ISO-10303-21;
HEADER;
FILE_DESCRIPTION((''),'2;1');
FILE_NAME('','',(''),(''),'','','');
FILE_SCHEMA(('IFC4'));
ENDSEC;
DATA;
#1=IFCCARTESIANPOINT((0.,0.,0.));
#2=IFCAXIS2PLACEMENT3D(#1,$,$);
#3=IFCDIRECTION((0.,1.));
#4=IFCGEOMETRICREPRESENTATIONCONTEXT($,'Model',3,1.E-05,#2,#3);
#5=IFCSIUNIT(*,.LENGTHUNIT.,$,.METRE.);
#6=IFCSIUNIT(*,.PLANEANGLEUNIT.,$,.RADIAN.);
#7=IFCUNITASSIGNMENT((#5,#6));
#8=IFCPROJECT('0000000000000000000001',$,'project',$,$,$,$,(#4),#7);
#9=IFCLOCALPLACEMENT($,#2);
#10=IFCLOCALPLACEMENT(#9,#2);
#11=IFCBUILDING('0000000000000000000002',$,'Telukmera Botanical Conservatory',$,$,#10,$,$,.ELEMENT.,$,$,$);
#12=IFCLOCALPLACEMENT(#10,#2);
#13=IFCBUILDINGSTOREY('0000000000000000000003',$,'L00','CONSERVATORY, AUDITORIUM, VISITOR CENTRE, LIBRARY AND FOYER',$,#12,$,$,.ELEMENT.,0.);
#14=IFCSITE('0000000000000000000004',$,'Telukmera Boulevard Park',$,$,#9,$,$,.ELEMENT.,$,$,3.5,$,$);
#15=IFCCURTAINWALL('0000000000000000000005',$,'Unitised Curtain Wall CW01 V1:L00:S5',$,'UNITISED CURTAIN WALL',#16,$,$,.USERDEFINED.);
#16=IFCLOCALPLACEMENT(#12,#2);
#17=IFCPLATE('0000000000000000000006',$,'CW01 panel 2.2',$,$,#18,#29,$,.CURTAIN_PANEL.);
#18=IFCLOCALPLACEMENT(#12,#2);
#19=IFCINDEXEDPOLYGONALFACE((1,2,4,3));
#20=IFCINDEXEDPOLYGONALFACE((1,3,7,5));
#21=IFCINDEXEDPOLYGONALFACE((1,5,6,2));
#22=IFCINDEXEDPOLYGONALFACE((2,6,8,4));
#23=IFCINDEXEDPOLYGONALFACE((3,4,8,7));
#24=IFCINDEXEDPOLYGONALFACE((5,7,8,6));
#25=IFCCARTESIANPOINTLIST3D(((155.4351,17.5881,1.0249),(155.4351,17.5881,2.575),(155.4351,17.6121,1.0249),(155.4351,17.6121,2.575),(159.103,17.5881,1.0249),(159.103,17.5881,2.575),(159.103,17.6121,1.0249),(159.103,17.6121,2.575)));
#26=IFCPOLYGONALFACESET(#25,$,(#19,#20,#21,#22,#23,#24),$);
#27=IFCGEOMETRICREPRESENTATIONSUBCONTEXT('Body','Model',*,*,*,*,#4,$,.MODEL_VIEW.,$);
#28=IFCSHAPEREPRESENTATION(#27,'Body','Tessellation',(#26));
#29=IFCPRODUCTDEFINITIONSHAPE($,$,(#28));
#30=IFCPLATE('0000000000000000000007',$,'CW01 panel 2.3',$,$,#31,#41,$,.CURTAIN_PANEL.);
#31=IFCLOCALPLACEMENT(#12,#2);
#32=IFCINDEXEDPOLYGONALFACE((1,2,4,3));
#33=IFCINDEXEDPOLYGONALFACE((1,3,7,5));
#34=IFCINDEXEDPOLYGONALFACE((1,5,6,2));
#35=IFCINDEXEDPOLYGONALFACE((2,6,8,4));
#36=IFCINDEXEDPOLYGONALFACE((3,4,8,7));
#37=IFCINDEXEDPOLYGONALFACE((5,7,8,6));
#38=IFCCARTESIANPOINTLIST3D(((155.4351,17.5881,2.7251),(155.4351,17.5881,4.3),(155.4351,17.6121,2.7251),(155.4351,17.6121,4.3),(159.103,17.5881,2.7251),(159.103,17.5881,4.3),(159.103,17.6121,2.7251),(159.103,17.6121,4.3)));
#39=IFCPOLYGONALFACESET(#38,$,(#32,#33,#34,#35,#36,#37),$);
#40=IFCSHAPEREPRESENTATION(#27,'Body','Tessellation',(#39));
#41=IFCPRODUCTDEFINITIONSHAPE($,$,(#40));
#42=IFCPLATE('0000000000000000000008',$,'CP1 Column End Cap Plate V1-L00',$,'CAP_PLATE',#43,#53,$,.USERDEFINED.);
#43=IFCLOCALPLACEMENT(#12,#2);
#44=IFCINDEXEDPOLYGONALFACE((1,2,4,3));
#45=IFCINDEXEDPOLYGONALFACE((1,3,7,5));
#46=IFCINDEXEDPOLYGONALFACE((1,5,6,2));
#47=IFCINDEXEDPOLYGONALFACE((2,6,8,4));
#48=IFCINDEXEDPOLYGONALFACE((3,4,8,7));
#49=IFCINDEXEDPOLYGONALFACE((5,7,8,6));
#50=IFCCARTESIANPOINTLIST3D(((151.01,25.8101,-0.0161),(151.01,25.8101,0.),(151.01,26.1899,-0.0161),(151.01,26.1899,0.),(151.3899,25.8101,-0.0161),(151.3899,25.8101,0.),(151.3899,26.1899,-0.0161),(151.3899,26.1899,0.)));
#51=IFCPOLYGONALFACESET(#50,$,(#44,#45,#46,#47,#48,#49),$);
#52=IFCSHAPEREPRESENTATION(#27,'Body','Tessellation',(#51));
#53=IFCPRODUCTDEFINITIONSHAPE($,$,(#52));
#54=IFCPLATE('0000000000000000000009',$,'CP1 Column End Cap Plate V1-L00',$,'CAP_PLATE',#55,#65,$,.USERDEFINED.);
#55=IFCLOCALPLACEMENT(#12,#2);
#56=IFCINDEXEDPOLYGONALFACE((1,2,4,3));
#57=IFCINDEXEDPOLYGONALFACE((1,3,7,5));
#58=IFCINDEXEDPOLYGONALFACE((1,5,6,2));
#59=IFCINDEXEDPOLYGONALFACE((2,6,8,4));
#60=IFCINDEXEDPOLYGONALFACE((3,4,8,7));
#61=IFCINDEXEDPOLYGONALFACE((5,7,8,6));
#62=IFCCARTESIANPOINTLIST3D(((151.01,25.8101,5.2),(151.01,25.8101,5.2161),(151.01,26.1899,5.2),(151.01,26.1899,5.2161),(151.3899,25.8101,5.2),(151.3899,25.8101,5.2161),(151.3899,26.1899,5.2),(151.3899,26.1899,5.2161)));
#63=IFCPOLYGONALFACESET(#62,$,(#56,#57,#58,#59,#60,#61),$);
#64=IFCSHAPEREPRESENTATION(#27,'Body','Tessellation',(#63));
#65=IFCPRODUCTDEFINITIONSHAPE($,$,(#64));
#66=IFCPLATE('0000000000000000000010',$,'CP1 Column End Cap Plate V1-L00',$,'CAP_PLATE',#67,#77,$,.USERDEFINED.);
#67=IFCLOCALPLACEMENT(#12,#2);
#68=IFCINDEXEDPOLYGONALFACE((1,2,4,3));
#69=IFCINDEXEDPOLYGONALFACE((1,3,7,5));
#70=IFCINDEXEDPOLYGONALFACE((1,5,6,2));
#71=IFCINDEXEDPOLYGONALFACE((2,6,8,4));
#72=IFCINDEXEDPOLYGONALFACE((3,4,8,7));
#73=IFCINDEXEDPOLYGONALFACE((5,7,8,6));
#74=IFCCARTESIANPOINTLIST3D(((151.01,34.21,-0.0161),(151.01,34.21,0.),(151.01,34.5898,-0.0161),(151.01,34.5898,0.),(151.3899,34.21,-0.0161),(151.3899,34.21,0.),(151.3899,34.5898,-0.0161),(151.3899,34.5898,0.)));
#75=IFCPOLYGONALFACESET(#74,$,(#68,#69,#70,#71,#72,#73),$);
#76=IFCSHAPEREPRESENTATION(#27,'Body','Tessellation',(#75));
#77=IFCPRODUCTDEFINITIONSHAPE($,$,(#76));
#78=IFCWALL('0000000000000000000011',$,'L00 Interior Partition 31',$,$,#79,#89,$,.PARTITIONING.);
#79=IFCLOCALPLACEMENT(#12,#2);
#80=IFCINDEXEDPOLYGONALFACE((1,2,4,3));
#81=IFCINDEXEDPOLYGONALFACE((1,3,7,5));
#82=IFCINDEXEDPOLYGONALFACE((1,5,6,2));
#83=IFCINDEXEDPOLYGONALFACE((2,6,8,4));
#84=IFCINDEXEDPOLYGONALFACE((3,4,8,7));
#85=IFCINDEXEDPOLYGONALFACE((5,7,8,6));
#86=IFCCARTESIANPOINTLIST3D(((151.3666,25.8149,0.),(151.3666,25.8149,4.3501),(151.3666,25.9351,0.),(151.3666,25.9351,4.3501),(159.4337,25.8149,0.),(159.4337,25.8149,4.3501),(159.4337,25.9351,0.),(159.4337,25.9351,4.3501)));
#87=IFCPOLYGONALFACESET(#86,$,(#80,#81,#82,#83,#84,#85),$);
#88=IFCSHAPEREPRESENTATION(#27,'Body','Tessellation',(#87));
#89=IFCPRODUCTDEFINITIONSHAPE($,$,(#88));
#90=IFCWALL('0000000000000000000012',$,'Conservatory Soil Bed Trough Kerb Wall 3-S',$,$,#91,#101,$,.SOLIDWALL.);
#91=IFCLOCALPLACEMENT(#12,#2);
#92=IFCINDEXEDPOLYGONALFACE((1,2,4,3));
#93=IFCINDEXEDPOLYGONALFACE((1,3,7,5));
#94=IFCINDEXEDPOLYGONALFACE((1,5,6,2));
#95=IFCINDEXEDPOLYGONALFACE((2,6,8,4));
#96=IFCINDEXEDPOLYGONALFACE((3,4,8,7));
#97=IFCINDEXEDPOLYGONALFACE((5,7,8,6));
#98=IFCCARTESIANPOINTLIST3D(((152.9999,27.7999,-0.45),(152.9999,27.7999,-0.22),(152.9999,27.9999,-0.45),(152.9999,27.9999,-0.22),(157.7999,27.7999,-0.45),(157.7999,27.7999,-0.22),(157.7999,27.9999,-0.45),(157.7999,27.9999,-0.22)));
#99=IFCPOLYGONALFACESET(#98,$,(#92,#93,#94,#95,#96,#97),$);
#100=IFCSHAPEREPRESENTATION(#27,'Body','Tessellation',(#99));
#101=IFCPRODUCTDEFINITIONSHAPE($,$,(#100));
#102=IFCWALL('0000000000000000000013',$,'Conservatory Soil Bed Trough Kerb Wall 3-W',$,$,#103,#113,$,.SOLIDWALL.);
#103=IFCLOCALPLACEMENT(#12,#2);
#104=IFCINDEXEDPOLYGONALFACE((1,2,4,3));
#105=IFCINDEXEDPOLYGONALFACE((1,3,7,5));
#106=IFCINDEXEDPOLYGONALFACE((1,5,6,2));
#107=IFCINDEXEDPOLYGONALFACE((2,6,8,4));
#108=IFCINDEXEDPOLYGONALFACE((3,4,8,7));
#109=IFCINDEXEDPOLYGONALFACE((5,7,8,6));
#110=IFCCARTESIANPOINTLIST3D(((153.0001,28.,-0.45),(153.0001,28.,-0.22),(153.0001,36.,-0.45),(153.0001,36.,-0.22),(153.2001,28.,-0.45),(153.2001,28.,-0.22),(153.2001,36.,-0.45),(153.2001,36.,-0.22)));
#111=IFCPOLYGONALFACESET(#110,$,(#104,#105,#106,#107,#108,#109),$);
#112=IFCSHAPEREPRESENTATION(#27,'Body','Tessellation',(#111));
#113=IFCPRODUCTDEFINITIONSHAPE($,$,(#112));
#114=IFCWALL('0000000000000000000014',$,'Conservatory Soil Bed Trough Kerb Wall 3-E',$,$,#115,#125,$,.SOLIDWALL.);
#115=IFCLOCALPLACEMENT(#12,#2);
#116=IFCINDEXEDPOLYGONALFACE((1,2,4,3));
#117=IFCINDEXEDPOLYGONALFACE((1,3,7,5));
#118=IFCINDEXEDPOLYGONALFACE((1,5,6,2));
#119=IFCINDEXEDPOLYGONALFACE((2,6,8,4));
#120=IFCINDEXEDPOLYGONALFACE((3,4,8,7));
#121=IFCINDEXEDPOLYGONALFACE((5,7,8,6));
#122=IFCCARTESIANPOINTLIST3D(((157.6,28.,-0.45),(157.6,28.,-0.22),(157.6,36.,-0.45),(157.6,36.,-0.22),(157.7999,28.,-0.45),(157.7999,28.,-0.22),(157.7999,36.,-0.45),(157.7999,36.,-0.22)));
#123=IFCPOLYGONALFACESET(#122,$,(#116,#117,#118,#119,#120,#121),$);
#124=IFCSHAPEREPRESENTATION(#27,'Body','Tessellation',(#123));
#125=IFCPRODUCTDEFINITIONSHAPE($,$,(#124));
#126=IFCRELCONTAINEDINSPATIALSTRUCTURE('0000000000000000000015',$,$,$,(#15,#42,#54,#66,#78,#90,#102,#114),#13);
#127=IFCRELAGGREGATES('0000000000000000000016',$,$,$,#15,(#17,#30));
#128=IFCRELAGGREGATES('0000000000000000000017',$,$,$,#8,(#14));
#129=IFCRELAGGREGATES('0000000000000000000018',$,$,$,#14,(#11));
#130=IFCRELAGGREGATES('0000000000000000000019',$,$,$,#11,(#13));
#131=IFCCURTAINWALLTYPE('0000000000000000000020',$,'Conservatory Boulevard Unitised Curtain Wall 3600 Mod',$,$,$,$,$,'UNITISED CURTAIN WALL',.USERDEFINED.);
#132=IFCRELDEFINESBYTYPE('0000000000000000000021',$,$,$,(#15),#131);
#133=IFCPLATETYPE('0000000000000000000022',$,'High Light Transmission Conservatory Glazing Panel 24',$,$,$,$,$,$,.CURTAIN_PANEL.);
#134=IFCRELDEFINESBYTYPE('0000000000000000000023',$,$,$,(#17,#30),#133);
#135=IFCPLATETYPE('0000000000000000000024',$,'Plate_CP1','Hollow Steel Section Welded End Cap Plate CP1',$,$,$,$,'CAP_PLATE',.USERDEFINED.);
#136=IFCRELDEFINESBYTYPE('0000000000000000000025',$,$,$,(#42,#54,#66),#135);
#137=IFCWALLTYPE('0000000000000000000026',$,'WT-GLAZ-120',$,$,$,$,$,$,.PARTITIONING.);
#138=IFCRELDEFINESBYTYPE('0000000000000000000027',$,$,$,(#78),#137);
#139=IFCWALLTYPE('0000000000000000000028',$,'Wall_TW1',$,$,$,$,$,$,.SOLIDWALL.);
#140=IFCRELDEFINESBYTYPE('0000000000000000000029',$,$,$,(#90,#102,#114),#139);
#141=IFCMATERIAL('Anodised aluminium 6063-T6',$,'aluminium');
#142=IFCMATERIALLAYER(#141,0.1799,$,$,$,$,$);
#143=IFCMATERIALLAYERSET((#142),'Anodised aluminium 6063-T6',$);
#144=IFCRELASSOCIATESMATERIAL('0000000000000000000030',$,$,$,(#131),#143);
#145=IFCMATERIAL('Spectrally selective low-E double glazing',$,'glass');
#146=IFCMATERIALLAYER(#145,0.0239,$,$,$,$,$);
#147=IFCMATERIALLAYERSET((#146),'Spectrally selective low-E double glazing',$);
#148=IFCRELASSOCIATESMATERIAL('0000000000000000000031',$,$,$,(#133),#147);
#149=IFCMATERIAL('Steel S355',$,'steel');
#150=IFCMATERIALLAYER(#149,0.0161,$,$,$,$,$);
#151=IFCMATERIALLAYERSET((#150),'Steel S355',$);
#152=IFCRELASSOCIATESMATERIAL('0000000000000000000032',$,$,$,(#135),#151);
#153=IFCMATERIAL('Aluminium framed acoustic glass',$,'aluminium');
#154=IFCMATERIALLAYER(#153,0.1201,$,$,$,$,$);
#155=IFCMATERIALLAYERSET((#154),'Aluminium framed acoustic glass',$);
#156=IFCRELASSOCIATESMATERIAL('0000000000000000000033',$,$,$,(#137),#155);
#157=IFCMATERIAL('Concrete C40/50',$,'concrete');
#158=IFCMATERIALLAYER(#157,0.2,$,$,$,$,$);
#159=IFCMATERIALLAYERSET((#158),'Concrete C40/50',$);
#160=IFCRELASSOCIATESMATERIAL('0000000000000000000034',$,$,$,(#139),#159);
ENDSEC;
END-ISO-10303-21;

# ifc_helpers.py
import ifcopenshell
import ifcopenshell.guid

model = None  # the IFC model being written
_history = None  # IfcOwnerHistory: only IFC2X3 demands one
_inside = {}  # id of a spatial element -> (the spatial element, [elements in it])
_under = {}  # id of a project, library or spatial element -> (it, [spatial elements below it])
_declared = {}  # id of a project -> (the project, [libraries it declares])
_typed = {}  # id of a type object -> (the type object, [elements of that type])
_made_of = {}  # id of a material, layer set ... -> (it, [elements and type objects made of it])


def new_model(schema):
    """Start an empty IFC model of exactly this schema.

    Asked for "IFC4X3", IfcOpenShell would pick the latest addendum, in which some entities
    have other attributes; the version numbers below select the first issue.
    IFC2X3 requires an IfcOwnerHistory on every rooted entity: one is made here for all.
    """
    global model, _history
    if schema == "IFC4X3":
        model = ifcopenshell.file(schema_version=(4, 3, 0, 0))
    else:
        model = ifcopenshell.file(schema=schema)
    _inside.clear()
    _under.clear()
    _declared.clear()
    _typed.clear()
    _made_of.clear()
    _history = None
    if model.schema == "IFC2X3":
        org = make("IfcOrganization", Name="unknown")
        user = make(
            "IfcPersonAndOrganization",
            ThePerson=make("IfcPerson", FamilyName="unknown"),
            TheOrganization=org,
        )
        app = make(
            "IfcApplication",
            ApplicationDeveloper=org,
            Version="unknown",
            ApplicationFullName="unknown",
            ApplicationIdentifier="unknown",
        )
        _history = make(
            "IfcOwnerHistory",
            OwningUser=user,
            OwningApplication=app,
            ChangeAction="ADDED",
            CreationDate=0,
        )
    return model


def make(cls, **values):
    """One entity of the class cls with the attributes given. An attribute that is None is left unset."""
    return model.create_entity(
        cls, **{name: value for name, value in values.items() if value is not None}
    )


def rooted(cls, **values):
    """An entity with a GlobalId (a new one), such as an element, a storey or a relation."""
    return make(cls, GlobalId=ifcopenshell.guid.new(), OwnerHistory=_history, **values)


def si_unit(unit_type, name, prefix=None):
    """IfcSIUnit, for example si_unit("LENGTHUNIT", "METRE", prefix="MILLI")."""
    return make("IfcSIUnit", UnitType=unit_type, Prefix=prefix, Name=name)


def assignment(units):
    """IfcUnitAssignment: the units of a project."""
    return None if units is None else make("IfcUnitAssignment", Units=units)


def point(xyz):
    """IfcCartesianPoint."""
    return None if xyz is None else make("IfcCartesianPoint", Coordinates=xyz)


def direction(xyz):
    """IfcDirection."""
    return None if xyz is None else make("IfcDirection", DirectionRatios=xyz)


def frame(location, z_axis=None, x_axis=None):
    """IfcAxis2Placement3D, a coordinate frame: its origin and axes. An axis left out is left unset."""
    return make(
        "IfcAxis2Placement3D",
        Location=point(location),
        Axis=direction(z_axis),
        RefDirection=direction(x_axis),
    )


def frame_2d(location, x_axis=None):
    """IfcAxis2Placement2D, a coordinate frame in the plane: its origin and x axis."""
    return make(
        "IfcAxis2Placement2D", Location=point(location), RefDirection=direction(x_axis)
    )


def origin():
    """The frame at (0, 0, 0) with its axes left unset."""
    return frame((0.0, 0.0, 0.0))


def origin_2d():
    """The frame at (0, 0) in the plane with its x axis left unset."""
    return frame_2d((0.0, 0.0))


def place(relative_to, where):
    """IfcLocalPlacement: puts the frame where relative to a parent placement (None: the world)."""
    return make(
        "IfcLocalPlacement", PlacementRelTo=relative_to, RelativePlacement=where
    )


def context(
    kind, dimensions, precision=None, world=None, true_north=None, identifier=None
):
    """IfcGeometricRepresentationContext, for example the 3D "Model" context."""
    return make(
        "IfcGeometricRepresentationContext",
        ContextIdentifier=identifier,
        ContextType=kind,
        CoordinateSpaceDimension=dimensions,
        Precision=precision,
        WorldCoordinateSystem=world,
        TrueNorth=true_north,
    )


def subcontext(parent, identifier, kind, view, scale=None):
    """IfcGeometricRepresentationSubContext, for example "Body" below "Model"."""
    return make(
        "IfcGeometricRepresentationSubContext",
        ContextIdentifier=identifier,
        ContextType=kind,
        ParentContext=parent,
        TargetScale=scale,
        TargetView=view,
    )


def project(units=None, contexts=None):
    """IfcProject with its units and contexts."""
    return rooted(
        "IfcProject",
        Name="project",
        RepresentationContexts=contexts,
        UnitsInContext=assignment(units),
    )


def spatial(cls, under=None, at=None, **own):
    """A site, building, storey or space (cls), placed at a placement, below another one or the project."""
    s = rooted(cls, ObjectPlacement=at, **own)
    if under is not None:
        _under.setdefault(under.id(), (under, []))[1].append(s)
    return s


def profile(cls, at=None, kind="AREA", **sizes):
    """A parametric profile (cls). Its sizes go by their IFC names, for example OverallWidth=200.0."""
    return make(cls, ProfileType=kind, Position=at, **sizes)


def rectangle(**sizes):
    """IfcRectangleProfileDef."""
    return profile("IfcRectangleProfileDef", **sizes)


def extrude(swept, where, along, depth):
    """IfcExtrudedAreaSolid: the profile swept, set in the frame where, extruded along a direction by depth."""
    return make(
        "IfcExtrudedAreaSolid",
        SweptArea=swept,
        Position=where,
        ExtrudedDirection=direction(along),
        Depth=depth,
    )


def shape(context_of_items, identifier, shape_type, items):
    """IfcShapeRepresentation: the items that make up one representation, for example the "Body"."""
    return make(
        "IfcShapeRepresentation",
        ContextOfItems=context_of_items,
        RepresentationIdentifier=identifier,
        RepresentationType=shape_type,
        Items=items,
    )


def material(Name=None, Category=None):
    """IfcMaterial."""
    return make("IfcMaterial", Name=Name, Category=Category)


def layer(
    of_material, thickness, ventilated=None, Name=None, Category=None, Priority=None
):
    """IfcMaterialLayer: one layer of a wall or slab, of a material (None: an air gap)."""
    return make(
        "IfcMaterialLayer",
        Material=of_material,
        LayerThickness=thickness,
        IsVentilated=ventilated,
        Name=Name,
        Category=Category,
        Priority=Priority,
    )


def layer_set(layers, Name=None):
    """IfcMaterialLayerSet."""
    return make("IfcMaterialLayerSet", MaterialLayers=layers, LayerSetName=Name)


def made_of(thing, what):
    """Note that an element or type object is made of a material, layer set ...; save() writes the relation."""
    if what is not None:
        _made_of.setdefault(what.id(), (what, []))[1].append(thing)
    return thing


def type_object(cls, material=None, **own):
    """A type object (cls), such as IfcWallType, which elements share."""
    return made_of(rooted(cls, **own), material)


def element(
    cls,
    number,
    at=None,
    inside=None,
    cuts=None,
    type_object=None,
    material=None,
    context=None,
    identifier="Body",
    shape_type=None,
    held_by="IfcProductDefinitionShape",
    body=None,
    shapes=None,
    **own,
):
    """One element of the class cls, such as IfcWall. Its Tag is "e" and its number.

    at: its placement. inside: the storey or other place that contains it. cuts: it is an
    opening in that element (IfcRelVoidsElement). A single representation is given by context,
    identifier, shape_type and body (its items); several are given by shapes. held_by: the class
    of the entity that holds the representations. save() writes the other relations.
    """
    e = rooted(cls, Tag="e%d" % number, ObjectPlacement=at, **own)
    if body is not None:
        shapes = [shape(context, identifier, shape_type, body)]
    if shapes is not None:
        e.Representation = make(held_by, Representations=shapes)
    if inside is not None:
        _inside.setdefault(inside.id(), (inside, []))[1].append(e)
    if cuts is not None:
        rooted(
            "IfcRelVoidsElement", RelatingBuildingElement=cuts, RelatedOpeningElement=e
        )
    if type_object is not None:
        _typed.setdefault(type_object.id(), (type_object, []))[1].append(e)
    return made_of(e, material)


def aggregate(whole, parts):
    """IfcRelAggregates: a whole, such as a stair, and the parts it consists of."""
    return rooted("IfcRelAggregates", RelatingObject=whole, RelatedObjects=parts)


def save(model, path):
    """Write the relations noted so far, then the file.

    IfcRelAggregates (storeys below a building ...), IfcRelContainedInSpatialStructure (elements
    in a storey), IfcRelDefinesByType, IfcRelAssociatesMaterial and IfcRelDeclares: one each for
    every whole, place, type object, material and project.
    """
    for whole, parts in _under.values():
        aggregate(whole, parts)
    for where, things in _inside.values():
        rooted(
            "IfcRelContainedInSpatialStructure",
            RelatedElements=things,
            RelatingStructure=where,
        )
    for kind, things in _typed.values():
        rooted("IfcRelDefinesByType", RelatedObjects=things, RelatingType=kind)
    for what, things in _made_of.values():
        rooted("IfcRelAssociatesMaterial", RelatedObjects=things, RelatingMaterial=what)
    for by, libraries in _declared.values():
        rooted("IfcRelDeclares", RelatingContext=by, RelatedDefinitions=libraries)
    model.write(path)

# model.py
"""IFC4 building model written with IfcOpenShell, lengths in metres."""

from ifc_helpers import new_model, si_unit, direction, frame, frame_2d, origin, origin_2d, place, context, subcontext, project, spatial, rectangle, extrude, material, layer, layer_set, type_object, element, aggregate, save


model = new_model("IFC4")

# Units and contexts
model_context = context("Model", 3, precision=1e-05, world=origin(), true_north=direction((0.0, 1.0)))
body_context = subcontext(model_context, "Body", "Model", "MODEL_VIEW")
ifc_project = project(units=[si_unit("LENGTHUNIT", "METRE"), si_unit("PLANEANGLEUNIT", "RADIAN")], contexts=[model_context])

# Site, building, storey
site_placement = place(None, origin())
site = spatial("IfcSite", under=ifc_project, at=site_placement, Name="Telukmera Boulevard Park", CompositionType="ELEMENT", RefElevation=3.5)
building_placement = place(site_placement, origin())
building = spatial("IfcBuilding", under=site, at=building_placement, Name="Telukmera Botanical Conservatory", CompositionType="ELEMENT")
storey_placement = place(building_placement, origin())
storey = spatial("IfcBuildingStorey", under=building, at=storey_placement, Name="L00", Description="CONSERVATORY, AUDITORIUM, VISITOR CENTRE, LIBRARY AND FOYER", CompositionType="ELEMENT", Elevation=0.0)

# Shared definitions
ifc_material_1 = material(Name="Steel S355", Category="steel")

# Curtain wall, plates
ifc_material_2 = material(Name="Anodised aluminium 6063-T6", Category="aluminium")
ifc_layer_1 = layer(ifc_material_2, 0.1799)
ifc_layer_set_1 = layer_set([ifc_layer_1], Name="Anodised aluminium 6063-T6")
curtain_wall_type = type_object("IfcCurtainWallType", Name="Conservatory Boulevard Unitised Curtain Wall 3600 Mod", ElementType="UNITISED CURTAIN WALL", PredefinedType="USERDEFINED", material=ifc_layer_set_1)
curtain_wall_placement = place(storey_placement, origin())
curtain_wall = element("IfcCurtainWall", 1, at=curtain_wall_placement, inside=storey, type_object=curtain_wall_type, Name="Unitised Curtain Wall CW01 V1:L00:S5", ObjectType="UNITISED CURTAIN WALL", PredefinedType="USERDEFINED")
ifc_material_3 = material(Name="Spectrally selective low-E double glazing", Category="glass")
ifc_layer_2 = layer(ifc_material_3, 0.0239)
ifc_layer_set_2 = layer_set([ifc_layer_2], Name="Spectrally selective low-E double glazing")
plate_type_1 = type_object("IfcPlateType", Name="High Light Transmission Conservatory Glazing Panel 24", PredefinedType="CURTAIN_PANEL", material=ifc_layer_set_2)
plate_1_placement = place(storey_placement, frame((157.269, 17.6001, 1.0249), z_axis=(0.0, 0.0, 1.0), x_axis=(1.0, 0.0, 0.0)))
plate_1 = element("IfcPlate", 2, at=plate_1_placement, type_object=plate_type_1, Name="CW01 panel 2.2", PredefinedType="CURTAIN_PANEL", context=body_context, shape_type="SweptSolid", body=[
    extrude(rectangle(XDim=3.668, YDim=0.0239, at=origin_2d()), origin(), (0.0, 0.0, 1.0), 1.55),
])
plate_2_placement = place(storey_placement, frame((157.269, 17.6001, 2.7251), z_axis=(0.0, 0.0, 1.0), x_axis=(1.0, 0.0, 0.0)))
plate_2 = element("IfcPlate", 3, at=plate_2_placement, type_object=plate_type_1, Name="CW01 panel 2.3", PredefinedType="CURTAIN_PANEL", context=body_context, shape_type="SweptSolid", body=[
    extrude(rectangle(XDim=3.668, YDim=0.0239, at=origin_2d()), origin(), (0.0, 0.0, 1.0), 1.575),
])
aggregate(curtain_wall, [plate_1, plate_2])

# Plates
ifc_layer_3 = layer(ifc_material_1, 0.0161)
ifc_layer_set_3 = layer_set([ifc_layer_3], Name="Steel S355")
plate_type_2 = type_object("IfcPlateType", Name="Plate_CP1", Description="Hollow Steel Section Welded End Cap Plate CP1", ElementType="CAP_PLATE", PredefinedType="USERDEFINED", material=ifc_layer_set_3)
for number, where, z_axis, x_axis, name in (
    (4, (151.2, 26.0, -0.0161), (0.0, 0.0, 1.0), (1.0, 0.0, 0.0), "CP1 Column End Cap Plate V1-L00"),
    (5, (151.2, 26.0, 5.2), (0.0, 0.0, 1.0), (1.0, 0.0, 0.0), "CP1 Column End Cap Plate V1-L00"),
    (6, (151.2, 34.3999, -0.0161), (0.0, 0.0, 1.0), (1.0, 0.0, 0.0), "CP1 Column End Cap Plate V1-L00"),
):
    element("IfcPlate", number, at=place(storey_placement, frame(where, z_axis=z_axis, x_axis=x_axis)), inside=storey, type_object=plate_type_2, Name=name, ObjectType="CAP_PLATE", PredefinedType="USERDEFINED", context=body_context, shape_type="SweptSolid", body=[
        extrude(rectangle(XDim=0.3799, YDim=0.3799, at=origin_2d()), origin(), (0.0, 0.0, 1.0), 0.0161),
    ])

# Walls
ifc_material_4 = material(Name="Aluminium framed acoustic glass", Category="aluminium")
ifc_layer_4 = layer(ifc_material_4, 0.1201)
ifc_layer_set_4 = layer_set([ifc_layer_4], Name="Aluminium framed acoustic glass")
wall_type_1 = type_object("IfcWallType", Name="WT-GLAZ-120", PredefinedType="PARTITIONING", material=ifc_layer_set_4)
wall_1_placement = place(storey_placement, frame((151.3665, 25.875, 0.0), z_axis=(0.0, 0.0, 1.0), x_axis=(1.0, 0.0, 0.0)))
element("IfcWall", 7, at=wall_1_placement, inside=storey, type_object=wall_type_1, Name="L00 Interior Partition 31", PredefinedType="PARTITIONING", context=body_context, shape_type="SweptSolid", body=[
    extrude(rectangle(XDim=8.0671, YDim=0.1201, at=frame_2d((4.0337, 0.0))), origin(), (0.0, 0.0, 1.0), 4.3501),
])
ifc_material_5 = material(Name="Concrete C40/50", Category="concrete")
ifc_layer_5 = layer(ifc_material_5, 0.2)
ifc_layer_set_5 = layer_set([ifc_layer_5], Name="Concrete C40/50")
wall_type_2 = type_object("IfcWallType", Name="Wall_TW1", PredefinedType="SOLIDWALL", material=ifc_layer_set_5)
wall_2_placement = place(storey_placement, frame((153.0, 27.8999, -0.45), z_axis=(0.0, 0.0, 1.0), x_axis=(1.0, 0.0, 0.0)))
element("IfcWall", 8, at=wall_2_placement, inside=storey, type_object=wall_type_2, Name="Conservatory Soil Bed Trough Kerb Wall 3-S", PredefinedType="SOLIDWALL", context=body_context, shape_type="SweptSolid", body=[
    extrude(rectangle(XDim=4.8, YDim=0.2, at=frame_2d((2.3999, 0.0))), origin(), (0.0, 0.0, 1.0), 0.23),
])
for number, where, z_axis, x_axis, name in (
    (9, (153.1001, 28.0, -0.45), (0.0, 0.0, 1.0), (0.0, 1.0, 0.0), "Conservatory Soil Bed Trough Kerb Wall 3-W"),
    (10, (157.7, 28.0, -0.45), (0.0, 0.0, 1.0), (0.0, 1.0, 0.0), "Conservatory Soil Bed Trough Kerb Wall 3-E"),
):
    element("IfcWall", number, at=place(storey_placement, frame(where, z_axis=z_axis, x_axis=x_axis)), inside=storey, type_object=wall_type_2, Name=name, PredefinedType="SOLIDWALL", context=body_context, shape_type="SweptSolid", body=[
        extrude(rectangle(XDim=8.0, YDim=0.2, at=frame_2d((4.0, 0.0))), origin(), (0.0, 0.0, 1.0), 0.23),
    ])

save(model, "model.ifc")
